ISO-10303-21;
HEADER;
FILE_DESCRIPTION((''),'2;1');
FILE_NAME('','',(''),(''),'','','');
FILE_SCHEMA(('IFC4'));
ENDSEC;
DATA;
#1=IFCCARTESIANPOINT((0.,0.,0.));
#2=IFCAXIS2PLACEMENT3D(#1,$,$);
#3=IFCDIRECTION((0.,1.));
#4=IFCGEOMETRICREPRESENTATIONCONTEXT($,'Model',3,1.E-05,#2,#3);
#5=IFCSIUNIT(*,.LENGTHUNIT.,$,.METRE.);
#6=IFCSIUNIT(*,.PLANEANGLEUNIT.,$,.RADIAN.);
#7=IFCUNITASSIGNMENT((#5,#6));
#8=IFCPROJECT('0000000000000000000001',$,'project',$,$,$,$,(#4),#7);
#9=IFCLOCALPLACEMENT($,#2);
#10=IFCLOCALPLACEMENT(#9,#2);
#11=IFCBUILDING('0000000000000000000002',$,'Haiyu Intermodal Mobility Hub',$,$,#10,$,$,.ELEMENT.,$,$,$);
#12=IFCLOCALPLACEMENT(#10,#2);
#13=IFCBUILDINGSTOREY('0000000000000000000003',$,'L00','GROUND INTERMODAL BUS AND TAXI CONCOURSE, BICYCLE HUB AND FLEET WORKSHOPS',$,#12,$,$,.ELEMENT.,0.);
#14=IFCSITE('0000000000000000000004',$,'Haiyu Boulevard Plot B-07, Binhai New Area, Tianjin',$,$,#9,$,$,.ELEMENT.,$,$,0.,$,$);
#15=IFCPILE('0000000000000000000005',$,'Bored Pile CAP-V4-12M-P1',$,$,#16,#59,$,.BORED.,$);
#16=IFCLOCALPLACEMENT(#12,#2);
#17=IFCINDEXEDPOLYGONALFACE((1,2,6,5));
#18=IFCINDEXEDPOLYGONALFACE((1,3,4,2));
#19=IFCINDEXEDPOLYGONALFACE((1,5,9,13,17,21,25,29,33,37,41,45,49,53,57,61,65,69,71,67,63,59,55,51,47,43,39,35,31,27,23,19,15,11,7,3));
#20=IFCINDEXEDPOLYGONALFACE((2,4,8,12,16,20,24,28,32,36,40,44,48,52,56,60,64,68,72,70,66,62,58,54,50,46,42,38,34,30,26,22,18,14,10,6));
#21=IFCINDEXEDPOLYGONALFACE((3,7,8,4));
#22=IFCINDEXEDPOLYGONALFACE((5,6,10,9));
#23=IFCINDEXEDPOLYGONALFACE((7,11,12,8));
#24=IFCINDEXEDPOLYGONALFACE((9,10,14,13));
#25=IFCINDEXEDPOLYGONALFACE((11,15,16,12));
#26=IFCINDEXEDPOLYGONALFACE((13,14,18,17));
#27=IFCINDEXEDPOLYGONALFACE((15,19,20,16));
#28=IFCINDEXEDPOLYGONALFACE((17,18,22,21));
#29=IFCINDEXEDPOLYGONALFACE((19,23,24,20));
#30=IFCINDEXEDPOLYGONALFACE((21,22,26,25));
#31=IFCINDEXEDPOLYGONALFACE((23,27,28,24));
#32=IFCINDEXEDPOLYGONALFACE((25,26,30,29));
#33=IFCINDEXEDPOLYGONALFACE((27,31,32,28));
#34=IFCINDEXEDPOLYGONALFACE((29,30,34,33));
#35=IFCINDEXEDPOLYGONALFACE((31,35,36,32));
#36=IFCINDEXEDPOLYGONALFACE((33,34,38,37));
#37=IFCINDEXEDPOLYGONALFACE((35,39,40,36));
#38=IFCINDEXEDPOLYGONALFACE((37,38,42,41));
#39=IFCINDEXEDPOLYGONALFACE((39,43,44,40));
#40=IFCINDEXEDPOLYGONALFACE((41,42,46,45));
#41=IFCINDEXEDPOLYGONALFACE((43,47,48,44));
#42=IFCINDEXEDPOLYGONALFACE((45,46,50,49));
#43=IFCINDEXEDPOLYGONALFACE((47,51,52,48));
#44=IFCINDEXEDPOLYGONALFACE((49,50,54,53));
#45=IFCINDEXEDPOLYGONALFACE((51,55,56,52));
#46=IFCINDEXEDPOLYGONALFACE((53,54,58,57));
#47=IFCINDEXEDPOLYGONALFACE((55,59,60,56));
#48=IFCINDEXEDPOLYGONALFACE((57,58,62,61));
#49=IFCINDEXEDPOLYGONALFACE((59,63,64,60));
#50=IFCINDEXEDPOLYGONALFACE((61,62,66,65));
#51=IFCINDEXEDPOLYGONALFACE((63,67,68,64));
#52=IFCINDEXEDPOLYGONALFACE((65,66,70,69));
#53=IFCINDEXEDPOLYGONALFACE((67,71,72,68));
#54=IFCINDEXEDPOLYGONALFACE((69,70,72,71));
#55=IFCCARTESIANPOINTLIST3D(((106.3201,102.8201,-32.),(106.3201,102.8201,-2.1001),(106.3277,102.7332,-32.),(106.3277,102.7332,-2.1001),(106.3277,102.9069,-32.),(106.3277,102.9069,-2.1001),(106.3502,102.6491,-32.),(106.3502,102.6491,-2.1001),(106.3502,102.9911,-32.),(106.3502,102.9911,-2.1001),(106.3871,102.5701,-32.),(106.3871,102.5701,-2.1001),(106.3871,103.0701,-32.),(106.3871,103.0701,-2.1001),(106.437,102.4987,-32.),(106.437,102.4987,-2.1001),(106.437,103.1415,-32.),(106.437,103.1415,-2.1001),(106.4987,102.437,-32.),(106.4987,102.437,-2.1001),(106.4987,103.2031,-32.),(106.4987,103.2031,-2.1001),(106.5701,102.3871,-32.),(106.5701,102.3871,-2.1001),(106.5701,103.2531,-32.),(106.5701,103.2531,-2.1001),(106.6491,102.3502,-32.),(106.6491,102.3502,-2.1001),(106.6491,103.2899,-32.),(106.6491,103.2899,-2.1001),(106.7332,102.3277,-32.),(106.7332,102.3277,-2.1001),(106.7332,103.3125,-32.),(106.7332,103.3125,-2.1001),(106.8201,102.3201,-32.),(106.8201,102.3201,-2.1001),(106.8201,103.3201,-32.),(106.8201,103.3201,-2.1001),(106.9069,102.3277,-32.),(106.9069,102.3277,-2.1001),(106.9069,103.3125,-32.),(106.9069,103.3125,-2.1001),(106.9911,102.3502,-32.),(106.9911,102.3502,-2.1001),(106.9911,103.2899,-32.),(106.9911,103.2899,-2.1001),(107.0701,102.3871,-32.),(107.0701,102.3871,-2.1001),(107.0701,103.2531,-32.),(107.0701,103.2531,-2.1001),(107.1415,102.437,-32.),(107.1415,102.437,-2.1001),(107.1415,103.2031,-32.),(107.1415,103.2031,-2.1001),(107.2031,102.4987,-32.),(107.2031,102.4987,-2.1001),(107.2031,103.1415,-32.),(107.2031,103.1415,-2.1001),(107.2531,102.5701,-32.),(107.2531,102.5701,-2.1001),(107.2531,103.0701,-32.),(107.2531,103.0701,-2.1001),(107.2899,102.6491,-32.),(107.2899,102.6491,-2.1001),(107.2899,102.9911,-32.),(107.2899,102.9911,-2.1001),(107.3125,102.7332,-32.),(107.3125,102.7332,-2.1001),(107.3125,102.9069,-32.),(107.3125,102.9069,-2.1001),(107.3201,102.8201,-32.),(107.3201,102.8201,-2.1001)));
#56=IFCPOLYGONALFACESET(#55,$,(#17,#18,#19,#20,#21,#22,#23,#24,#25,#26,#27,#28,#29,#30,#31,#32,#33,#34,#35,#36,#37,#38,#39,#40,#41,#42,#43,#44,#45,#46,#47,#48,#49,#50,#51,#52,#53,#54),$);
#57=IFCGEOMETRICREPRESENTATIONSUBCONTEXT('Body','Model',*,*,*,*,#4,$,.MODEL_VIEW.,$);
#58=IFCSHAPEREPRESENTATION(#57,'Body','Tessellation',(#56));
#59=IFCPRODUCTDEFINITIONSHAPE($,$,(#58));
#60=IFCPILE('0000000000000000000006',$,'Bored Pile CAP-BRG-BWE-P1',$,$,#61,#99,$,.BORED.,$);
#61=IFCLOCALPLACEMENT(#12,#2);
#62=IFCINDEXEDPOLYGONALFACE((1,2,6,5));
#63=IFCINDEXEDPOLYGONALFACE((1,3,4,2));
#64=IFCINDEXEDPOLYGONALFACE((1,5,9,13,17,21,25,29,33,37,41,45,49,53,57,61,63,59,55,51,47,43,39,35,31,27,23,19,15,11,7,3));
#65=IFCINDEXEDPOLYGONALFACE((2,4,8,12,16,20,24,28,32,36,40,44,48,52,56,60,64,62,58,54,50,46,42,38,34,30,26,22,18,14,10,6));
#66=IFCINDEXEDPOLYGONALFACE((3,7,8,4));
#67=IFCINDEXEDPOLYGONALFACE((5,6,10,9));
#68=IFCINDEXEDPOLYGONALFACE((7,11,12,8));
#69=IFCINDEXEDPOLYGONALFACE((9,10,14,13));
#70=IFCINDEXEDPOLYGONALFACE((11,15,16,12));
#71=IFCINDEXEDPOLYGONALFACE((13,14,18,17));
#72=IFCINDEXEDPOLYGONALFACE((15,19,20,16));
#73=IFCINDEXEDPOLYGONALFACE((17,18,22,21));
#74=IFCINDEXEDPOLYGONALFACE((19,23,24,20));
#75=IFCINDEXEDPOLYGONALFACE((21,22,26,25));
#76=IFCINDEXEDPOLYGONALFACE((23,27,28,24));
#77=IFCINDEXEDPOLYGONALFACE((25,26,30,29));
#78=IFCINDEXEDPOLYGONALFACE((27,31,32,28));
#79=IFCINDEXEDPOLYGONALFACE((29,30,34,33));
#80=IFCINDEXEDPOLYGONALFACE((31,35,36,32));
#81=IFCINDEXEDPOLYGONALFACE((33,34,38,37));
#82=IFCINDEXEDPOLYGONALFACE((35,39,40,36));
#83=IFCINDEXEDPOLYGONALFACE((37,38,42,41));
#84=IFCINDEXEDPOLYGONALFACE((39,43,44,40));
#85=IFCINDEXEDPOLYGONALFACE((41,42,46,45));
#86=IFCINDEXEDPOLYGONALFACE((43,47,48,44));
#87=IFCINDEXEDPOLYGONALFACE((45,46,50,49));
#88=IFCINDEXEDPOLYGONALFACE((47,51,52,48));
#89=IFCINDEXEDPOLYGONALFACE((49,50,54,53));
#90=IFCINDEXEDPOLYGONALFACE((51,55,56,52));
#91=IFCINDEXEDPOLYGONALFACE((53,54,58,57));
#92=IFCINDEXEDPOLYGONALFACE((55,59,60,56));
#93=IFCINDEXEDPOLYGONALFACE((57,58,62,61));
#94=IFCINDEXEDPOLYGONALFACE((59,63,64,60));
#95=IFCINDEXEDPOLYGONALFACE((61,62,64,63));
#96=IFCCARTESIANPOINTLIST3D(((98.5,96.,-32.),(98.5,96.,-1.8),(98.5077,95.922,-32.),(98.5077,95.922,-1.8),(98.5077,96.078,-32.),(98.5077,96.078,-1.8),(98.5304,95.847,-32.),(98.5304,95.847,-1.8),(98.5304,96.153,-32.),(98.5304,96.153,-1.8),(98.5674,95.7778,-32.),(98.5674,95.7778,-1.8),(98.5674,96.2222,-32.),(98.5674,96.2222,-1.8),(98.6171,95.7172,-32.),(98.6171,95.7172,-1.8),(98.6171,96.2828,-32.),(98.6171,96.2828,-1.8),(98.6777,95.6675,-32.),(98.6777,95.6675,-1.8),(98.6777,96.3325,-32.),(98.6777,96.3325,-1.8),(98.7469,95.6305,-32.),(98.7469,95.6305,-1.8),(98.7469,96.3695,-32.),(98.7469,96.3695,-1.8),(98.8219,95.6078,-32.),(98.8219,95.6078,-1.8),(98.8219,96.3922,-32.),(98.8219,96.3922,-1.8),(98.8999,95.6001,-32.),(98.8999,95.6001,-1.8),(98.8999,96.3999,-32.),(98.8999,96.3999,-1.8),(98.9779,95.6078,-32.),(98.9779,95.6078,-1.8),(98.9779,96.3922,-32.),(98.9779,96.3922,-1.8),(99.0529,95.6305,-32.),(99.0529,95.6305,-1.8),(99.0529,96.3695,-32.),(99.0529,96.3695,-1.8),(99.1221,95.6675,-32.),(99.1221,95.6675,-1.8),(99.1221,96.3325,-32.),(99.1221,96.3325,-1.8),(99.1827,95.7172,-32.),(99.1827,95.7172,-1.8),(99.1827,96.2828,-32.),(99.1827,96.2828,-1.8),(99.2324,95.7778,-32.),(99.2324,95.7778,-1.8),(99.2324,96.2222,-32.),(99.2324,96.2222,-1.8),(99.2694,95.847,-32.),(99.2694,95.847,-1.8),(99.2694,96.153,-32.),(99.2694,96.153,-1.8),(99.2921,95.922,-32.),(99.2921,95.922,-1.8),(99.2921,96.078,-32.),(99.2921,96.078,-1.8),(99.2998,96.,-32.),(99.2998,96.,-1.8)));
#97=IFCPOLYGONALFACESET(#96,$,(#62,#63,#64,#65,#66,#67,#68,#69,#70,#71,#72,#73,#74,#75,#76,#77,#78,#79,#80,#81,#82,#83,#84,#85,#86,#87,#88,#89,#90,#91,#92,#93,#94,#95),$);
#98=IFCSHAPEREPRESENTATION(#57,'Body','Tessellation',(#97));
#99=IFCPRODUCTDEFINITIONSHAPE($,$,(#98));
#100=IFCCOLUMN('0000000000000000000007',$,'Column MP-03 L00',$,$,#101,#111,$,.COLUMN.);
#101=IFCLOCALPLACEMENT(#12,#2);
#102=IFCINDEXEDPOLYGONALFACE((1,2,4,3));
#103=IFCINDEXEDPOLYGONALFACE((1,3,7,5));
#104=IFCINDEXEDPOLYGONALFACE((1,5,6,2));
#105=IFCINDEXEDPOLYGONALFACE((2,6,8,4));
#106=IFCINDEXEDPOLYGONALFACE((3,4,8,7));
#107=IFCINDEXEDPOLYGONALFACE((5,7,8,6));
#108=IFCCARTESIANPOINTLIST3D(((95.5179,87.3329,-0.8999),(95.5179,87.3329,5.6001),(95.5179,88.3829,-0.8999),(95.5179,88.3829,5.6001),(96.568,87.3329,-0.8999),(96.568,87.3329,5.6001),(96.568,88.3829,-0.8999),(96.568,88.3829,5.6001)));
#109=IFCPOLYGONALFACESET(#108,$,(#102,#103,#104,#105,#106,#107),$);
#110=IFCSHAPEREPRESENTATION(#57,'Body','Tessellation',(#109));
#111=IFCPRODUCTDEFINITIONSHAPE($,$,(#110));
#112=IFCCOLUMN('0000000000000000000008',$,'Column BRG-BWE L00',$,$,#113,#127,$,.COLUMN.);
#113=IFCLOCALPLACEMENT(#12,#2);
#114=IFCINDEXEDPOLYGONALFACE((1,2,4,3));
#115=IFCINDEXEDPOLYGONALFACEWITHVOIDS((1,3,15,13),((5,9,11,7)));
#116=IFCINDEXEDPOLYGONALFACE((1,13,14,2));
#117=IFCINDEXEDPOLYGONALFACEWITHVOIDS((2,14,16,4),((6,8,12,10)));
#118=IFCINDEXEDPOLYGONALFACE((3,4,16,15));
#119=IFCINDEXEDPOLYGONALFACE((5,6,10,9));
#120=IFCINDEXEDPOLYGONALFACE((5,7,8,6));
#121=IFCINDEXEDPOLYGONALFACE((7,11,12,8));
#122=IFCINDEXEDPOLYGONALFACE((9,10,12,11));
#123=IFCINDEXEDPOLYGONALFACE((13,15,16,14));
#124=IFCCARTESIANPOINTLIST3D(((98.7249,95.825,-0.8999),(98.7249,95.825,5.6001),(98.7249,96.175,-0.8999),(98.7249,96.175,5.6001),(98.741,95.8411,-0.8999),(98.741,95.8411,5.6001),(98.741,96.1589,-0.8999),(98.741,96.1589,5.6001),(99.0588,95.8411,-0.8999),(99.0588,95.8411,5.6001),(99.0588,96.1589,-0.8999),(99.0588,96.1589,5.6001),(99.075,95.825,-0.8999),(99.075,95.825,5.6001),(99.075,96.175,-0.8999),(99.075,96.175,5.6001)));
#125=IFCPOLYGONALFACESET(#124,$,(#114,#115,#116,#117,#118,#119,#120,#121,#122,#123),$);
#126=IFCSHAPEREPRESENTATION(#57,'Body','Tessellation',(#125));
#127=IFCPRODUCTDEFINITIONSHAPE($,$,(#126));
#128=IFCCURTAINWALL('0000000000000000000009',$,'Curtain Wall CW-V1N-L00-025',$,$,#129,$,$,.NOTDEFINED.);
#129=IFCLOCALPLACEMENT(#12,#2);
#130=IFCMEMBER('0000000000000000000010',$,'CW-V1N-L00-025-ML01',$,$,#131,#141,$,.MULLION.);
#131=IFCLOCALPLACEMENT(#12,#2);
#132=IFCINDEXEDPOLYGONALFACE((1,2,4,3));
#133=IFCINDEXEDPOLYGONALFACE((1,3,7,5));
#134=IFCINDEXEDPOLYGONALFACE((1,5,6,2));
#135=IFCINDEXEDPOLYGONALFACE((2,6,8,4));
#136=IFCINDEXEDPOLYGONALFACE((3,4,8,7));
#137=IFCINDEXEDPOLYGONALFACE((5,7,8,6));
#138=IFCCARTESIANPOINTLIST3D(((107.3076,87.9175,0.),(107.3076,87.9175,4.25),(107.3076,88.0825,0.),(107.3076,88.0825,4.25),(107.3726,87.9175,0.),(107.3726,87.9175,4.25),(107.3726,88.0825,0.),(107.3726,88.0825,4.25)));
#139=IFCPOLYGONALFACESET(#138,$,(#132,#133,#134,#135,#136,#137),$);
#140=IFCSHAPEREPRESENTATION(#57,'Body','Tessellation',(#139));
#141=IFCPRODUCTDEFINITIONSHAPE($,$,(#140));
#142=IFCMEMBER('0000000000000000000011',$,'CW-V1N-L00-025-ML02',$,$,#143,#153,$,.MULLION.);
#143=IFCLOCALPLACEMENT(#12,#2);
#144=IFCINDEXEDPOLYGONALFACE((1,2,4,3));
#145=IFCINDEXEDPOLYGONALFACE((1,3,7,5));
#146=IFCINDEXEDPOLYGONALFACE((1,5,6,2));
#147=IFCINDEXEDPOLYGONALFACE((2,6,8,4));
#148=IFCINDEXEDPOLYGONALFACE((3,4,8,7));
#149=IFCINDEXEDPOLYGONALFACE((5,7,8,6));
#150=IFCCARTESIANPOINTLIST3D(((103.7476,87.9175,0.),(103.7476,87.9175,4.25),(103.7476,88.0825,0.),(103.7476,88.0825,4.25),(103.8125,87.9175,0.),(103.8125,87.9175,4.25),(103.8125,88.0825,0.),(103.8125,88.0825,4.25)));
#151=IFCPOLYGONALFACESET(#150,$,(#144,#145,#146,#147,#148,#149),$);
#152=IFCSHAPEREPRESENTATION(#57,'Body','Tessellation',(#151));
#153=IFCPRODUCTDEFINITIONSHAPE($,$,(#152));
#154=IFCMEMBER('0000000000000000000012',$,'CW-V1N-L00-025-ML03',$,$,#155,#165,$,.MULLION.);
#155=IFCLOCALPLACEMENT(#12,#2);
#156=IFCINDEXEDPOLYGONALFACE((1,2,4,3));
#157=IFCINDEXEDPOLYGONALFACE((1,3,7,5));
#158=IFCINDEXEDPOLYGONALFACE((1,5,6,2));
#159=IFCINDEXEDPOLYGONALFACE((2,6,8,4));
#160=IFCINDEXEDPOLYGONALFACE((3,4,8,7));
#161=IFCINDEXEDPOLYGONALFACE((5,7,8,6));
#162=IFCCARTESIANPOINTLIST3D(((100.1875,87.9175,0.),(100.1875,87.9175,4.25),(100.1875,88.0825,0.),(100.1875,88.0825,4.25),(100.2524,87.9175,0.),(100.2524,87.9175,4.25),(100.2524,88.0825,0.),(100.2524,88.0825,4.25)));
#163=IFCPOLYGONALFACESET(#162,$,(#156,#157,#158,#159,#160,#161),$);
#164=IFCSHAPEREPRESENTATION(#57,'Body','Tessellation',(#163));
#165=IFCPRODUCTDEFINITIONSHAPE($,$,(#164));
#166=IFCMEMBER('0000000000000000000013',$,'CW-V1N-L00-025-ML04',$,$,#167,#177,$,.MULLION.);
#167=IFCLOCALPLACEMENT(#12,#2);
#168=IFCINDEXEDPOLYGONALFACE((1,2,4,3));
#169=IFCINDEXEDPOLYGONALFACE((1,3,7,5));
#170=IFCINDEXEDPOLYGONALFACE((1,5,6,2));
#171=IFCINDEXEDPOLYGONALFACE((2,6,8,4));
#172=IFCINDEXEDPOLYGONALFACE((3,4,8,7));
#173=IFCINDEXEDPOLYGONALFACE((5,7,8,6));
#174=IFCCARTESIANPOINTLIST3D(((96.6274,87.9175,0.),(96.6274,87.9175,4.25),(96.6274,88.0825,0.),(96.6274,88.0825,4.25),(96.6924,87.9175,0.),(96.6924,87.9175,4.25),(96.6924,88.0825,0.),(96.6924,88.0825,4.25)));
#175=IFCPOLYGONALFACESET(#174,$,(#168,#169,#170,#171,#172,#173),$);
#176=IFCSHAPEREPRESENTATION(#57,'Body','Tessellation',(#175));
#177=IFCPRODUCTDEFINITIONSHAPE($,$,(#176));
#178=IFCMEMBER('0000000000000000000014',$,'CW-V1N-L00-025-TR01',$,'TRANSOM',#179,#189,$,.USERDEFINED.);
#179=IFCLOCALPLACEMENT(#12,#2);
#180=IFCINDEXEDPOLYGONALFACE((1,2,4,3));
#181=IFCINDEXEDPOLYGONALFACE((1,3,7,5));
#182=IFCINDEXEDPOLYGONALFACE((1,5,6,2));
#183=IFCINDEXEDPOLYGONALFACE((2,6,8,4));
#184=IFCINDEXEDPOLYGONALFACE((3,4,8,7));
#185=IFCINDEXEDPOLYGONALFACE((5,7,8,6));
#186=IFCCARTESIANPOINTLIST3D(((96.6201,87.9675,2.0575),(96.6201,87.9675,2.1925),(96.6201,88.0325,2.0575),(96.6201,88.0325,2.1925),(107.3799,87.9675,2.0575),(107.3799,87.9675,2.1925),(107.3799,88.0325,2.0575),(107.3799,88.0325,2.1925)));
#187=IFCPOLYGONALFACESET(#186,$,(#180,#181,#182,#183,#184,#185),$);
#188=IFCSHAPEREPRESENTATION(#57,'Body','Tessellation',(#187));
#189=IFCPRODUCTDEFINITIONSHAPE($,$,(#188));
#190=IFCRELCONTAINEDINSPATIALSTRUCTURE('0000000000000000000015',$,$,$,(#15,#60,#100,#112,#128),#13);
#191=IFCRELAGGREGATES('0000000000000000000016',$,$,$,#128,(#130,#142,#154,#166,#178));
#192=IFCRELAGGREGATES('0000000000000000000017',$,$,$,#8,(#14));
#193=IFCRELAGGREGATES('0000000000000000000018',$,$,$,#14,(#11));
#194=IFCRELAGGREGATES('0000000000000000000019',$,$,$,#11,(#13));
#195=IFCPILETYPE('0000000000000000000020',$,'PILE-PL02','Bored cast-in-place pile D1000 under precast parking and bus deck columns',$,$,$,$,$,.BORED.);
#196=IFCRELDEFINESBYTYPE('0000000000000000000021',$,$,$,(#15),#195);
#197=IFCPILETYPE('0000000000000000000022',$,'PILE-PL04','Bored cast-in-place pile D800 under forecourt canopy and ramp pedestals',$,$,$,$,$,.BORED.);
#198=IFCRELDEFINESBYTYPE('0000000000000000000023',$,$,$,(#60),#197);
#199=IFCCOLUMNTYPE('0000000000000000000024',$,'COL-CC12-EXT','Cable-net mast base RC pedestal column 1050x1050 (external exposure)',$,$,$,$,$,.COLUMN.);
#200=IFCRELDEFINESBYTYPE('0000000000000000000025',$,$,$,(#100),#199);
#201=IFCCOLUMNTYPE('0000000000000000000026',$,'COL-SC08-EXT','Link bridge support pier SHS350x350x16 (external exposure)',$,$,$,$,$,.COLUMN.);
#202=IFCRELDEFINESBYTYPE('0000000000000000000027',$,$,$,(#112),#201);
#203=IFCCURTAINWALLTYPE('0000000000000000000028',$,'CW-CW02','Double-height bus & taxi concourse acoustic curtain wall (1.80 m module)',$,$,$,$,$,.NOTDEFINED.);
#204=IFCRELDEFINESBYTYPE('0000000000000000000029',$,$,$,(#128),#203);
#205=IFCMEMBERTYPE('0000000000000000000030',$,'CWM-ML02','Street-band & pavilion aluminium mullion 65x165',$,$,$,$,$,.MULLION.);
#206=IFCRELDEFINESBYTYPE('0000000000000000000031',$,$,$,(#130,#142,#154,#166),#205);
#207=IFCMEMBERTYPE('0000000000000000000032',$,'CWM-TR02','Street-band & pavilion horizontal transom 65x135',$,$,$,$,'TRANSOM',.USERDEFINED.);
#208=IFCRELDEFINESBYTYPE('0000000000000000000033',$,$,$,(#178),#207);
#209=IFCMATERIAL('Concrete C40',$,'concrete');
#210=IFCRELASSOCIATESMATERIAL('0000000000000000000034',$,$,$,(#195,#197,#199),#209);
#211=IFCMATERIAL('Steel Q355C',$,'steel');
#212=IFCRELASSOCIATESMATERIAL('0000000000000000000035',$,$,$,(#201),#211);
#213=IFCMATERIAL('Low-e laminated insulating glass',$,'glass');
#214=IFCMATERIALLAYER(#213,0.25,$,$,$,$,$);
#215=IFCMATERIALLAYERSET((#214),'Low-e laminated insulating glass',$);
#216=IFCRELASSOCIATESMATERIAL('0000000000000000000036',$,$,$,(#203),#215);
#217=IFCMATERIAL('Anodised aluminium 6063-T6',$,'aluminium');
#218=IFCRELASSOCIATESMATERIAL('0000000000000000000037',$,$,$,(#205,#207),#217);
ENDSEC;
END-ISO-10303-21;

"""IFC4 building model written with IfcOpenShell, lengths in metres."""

from ifc_helpers import new_model, si_unit, direction, frame, origin, origin_2d, place, context, subcontext, project, spatial, rectangle, hollow_rectangle, circle, extrude, material, layer, layer_set, material_profile, profile_set, type_object, element, aggregate, save


model = new_model("IFC4")

# Units and contexts
model_context = context("Model", 3, precision=1e-05, world=origin(), true_north=direction((0.0, 1.0)))
body_context = subcontext(model_context, "Body", "Model", "MODEL_VIEW")
ifc_project = project(units=[si_unit("LENGTHUNIT", "METRE"), si_unit("PLANEANGLEUNIT", "RADIAN")], contexts=[model_context])

# Site, building, storey
site_placement = place(None, origin())
site = spatial("IfcSite", under=ifc_project, at=site_placement, Name="Haiyu Boulevard Plot B-07, Binhai New Area, Tianjin", CompositionType="ELEMENT", RefElevation=0.0)
building_placement = place(site_placement, origin())
building = spatial("IfcBuilding", under=site, at=building_placement, Name="Haiyu Intermodal Mobility Hub", CompositionType="ELEMENT")
storey_placement = place(building_placement, origin())
storey = spatial("IfcBuildingStorey", under=building, at=storey_placement, Name="L00", Description="GROUND INTERMODAL BUS AND TAXI CONCOURSE, BICYCLE HUB AND FLEET WORKSHOPS", CompositionType="ELEMENT", Elevation=0.0)

# Shared definitions
ifc_material_1 = material(Name="Concrete C40", Category="concrete")

# Piles
ifc_material_profile_1 = material_profile(ifc_material_1, circle(Radius=0.5, at=origin_2d()), Name="PILE-D1000")
ifc_profile_set_1 = profile_set([ifc_material_profile_1], Name="Concrete C40")
pile_type_1 = type_object("IfcPileType", Name="PILE-PL02", Description="Bored cast-in-place pile D1000 under precast parking and bus deck columns", PredefinedType="BORED", material=ifc_profile_set_1)
for number, where, z_axis, x_axis, name in (
    (1, (106.8201, 102.8201, -2.1001), (0.0, 0.0, -1.0), (1.0, 0.0, 0.0), "Bored Pile CAP-V4-12M-P1"),
):
    element("IfcPile", number, at=place(storey_placement, frame(where, z_axis=z_axis, x_axis=x_axis)), inside=storey, type_object=pile_type_1, Name=name, PredefinedType="BORED", context=body_context, shape_type="SweptSolid", body=[
        extrude(circle(Radius=0.5, at=origin_2d()), origin(), (0.0, 0.0, 1.0), 29.8999),
    ])
ifc_material_profile_2 = material_profile(ifc_material_1, circle(Radius=0.3999, at=origin_2d()), Name="PILE-D800")
ifc_profile_set_2 = profile_set([ifc_material_profile_2], Name="Concrete C40")
pile_type_2 = type_object("IfcPileType", Name="PILE-PL04", Description="Bored cast-in-place pile D800 under forecourt canopy and ramp pedestals", PredefinedType="BORED", material=ifc_profile_set_2)
pile_1_placement = place(storey_placement, frame((98.8999, 96.0, -1.8), z_axis=(0.0, 0.0, -1.0), x_axis=(1.0, 0.0, 0.0)))
element("IfcPile", 2, at=pile_1_placement, inside=storey, type_object=pile_type_2, Name="Bored Pile CAP-BRG-BWE-P1", PredefinedType="BORED", context=body_context, shape_type="SweptSolid", body=[
    extrude(circle(Radius=0.3999, at=origin_2d()), origin(), (0.0, 0.0, 1.0), 30.2),
])

# Columns
ifc_material_profile_3 = material_profile(ifc_material_1, rectangle(XDim=1.05, YDim=1.05, at=origin_2d()), Name="RC1050x1050")
ifc_profile_set_3 = profile_set([ifc_material_profile_3], Name="Concrete C40")
column_type_1 = type_object("IfcColumnType", Name="COL-CC12-EXT", Description="Cable-net mast base RC pedestal column 1050x1050 (external exposure)", PredefinedType="COLUMN", material=ifc_profile_set_3)
column_1_placement = place(storey_placement, frame((96.043, 87.8579, -0.8999), z_axis=(0.0, 0.0, 1.0), x_axis=(1.0, 0.0, 0.0)))
element("IfcColumn", 3, at=column_1_placement, inside=storey, type_object=column_type_1, Name="Column MP-03 L00", PredefinedType="COLUMN", context=body_context, shape_type="SweptSolid", body=[
    extrude(rectangle(XDim=1.05, YDim=1.05, at=origin_2d()), origin(), (0.0, 0.0, 1.0), 6.5),
])
ifc_material_2 = material(Name="Steel Q355C", Category="steel")
ifc_material_profile_4 = material_profile(ifc_material_2, hollow_rectangle(XDim=0.3501, YDim=0.3501, WallThickness=0.0161, at=origin_2d()), Name="SHS350x350x16")
ifc_profile_set_4 = profile_set([ifc_material_profile_4], Name="Steel Q355C")
column_type_2 = type_object("IfcColumnType", Name="COL-SC08-EXT", Description="Link bridge support pier SHS350x350x16 (external exposure)", PredefinedType="COLUMN", material=ifc_profile_set_4)
column_2_placement = place(storey_placement, frame((98.8999, 96.0, -0.8999), z_axis=(0.0, 0.0, 1.0), x_axis=(1.0, 0.0, 0.0)))
element("IfcColumn", 4, at=column_2_placement, inside=storey, type_object=column_type_2, Name="Column BRG-BWE L00", PredefinedType="COLUMN", context=body_context, shape_type="SweptSolid", body=[
    extrude(hollow_rectangle(XDim=0.3501, YDim=0.3501, WallThickness=0.0161, at=origin_2d()), origin(), (0.0, 0.0, 1.0), 6.5),
])

# Curtain wall, members
ifc_material_3 = material(Name="Low-e laminated insulating glass", Category="glass")
ifc_layer_1 = layer(ifc_material_3, 0.25)
ifc_layer_set_1 = layer_set([ifc_layer_1], Name="Low-e laminated insulating glass")
curtain_wall_type = type_object("IfcCurtainWallType", Name="CW-CW02", Description="Double-height bus & taxi concourse acoustic curtain wall (1.80 m module)", PredefinedType="NOTDEFINED", material=ifc_layer_set_1)
curtain_wall_placement = place(storey_placement, origin())
curtain_wall = element("IfcCurtainWall", 5, at=curtain_wall_placement, inside=storey, type_object=curtain_wall_type, Name="Curtain Wall CW-V1N-L00-025", PredefinedType="NOTDEFINED")
ifc_material_4 = material(Name="Anodised aluminium 6063-T6", Category="aluminium")
ifc_material_profile_5 = material_profile(ifc_material_4, rectangle(XDim=0.0649, YDim=0.165, at=origin_2d()), Name="ALU65x165")
ifc_profile_set_5 = profile_set([ifc_material_profile_5], Name="Anodised aluminium 6063-T6")
member_type_1 = type_object("IfcMemberType", Name="CWM-ML02", Description="Street-band & pavilion aluminium mullion 65x165", PredefinedType="MULLION", material=ifc_profile_set_5)
member_1_placement = place(storey_placement, frame((107.3401, 88.0, 0.0), z_axis=(0.0, 0.0, 1.0), x_axis=(1.0, 0.0, 0.0)))
member_1 = element("IfcMember", 6, at=member_1_placement, type_object=member_type_1, Name="CW-V1N-L00-025-ML01", PredefinedType="MULLION", context=body_context, shape_type="SweptSolid", body=[
    extrude(rectangle(XDim=0.0649, YDim=0.165, at=origin_2d()), origin(), (0.0, 0.0, 1.0), 4.25),
])
member_2_placement = place(storey_placement, frame((103.78, 88.0, 0.0), z_axis=(0.0, 0.0, 1.0), x_axis=(1.0, 0.0, 0.0)))
member_2 = element("IfcMember", 7, at=member_2_placement, type_object=member_type_1, Name="CW-V1N-L00-025-ML02", PredefinedType="MULLION", context=body_context, shape_type="SweptSolid", body=[
    extrude(rectangle(XDim=0.0649, YDim=0.165, at=origin_2d()), origin(), (0.0, 0.0, 1.0), 4.25),
])
member_3_placement = place(storey_placement, frame((100.22, 88.0, 0.0), z_axis=(0.0, 0.0, 1.0), x_axis=(1.0, 0.0, 0.0)))
member_3 = element("IfcMember", 8, at=member_3_placement, type_object=member_type_1, Name="CW-V1N-L00-025-ML03", PredefinedType="MULLION", context=body_context, shape_type="SweptSolid", body=[
    extrude(rectangle(XDim=0.0649, YDim=0.165, at=origin_2d()), origin(), (0.0, 0.0, 1.0), 4.25),
])
member_4_placement = place(storey_placement, frame((96.6599, 88.0, 0.0), z_axis=(0.0, 0.0, 1.0), x_axis=(1.0, 0.0, 0.0)))
member_4 = element("IfcMember", 9, at=member_4_placement, type_object=member_type_1, Name="CW-V1N-L00-025-ML04", PredefinedType="MULLION", context=body_context, shape_type="SweptSolid", body=[
    extrude(rectangle(XDim=0.0649, YDim=0.165, at=origin_2d()), origin(), (0.0, 0.0, 1.0), 4.25),
])
ifc_material_profile_6 = material_profile(ifc_material_4, rectangle(XDim=0.0649, YDim=0.135, at=origin_2d()), Name="ALU65x135")
ifc_profile_set_6 = profile_set([ifc_material_profile_6], Name="Anodised aluminium 6063-T6")
member_type_2 = type_object("IfcMemberType", Name="CWM-TR02", Description="Street-band & pavilion horizontal transom 65x135", ElementType="TRANSOM", PredefinedType="USERDEFINED", material=ifc_profile_set_6)
member_5_placement = place(storey_placement, frame((107.3799, 88.0, 2.125), z_axis=(-1.0, 0.0, 0.0), x_axis=(0.0, -1.0, 0.0)))
member_5 = element("IfcMember", 10, at=member_5_placement, type_object=member_type_2, Name="CW-V1N-L00-025-TR01", ObjectType="TRANSOM", PredefinedType="USERDEFINED", context=body_context, shape_type="SweptSolid", body=[
    extrude(rectangle(XDim=0.0649, YDim=0.135, at=origin_2d()), origin(), (0.0, 0.0, 1.0), 10.7598),
])
aggregate(curtain_wall, [member_1, member_2, member_3, member_4, member_5])

save(model, "model.ifc")
